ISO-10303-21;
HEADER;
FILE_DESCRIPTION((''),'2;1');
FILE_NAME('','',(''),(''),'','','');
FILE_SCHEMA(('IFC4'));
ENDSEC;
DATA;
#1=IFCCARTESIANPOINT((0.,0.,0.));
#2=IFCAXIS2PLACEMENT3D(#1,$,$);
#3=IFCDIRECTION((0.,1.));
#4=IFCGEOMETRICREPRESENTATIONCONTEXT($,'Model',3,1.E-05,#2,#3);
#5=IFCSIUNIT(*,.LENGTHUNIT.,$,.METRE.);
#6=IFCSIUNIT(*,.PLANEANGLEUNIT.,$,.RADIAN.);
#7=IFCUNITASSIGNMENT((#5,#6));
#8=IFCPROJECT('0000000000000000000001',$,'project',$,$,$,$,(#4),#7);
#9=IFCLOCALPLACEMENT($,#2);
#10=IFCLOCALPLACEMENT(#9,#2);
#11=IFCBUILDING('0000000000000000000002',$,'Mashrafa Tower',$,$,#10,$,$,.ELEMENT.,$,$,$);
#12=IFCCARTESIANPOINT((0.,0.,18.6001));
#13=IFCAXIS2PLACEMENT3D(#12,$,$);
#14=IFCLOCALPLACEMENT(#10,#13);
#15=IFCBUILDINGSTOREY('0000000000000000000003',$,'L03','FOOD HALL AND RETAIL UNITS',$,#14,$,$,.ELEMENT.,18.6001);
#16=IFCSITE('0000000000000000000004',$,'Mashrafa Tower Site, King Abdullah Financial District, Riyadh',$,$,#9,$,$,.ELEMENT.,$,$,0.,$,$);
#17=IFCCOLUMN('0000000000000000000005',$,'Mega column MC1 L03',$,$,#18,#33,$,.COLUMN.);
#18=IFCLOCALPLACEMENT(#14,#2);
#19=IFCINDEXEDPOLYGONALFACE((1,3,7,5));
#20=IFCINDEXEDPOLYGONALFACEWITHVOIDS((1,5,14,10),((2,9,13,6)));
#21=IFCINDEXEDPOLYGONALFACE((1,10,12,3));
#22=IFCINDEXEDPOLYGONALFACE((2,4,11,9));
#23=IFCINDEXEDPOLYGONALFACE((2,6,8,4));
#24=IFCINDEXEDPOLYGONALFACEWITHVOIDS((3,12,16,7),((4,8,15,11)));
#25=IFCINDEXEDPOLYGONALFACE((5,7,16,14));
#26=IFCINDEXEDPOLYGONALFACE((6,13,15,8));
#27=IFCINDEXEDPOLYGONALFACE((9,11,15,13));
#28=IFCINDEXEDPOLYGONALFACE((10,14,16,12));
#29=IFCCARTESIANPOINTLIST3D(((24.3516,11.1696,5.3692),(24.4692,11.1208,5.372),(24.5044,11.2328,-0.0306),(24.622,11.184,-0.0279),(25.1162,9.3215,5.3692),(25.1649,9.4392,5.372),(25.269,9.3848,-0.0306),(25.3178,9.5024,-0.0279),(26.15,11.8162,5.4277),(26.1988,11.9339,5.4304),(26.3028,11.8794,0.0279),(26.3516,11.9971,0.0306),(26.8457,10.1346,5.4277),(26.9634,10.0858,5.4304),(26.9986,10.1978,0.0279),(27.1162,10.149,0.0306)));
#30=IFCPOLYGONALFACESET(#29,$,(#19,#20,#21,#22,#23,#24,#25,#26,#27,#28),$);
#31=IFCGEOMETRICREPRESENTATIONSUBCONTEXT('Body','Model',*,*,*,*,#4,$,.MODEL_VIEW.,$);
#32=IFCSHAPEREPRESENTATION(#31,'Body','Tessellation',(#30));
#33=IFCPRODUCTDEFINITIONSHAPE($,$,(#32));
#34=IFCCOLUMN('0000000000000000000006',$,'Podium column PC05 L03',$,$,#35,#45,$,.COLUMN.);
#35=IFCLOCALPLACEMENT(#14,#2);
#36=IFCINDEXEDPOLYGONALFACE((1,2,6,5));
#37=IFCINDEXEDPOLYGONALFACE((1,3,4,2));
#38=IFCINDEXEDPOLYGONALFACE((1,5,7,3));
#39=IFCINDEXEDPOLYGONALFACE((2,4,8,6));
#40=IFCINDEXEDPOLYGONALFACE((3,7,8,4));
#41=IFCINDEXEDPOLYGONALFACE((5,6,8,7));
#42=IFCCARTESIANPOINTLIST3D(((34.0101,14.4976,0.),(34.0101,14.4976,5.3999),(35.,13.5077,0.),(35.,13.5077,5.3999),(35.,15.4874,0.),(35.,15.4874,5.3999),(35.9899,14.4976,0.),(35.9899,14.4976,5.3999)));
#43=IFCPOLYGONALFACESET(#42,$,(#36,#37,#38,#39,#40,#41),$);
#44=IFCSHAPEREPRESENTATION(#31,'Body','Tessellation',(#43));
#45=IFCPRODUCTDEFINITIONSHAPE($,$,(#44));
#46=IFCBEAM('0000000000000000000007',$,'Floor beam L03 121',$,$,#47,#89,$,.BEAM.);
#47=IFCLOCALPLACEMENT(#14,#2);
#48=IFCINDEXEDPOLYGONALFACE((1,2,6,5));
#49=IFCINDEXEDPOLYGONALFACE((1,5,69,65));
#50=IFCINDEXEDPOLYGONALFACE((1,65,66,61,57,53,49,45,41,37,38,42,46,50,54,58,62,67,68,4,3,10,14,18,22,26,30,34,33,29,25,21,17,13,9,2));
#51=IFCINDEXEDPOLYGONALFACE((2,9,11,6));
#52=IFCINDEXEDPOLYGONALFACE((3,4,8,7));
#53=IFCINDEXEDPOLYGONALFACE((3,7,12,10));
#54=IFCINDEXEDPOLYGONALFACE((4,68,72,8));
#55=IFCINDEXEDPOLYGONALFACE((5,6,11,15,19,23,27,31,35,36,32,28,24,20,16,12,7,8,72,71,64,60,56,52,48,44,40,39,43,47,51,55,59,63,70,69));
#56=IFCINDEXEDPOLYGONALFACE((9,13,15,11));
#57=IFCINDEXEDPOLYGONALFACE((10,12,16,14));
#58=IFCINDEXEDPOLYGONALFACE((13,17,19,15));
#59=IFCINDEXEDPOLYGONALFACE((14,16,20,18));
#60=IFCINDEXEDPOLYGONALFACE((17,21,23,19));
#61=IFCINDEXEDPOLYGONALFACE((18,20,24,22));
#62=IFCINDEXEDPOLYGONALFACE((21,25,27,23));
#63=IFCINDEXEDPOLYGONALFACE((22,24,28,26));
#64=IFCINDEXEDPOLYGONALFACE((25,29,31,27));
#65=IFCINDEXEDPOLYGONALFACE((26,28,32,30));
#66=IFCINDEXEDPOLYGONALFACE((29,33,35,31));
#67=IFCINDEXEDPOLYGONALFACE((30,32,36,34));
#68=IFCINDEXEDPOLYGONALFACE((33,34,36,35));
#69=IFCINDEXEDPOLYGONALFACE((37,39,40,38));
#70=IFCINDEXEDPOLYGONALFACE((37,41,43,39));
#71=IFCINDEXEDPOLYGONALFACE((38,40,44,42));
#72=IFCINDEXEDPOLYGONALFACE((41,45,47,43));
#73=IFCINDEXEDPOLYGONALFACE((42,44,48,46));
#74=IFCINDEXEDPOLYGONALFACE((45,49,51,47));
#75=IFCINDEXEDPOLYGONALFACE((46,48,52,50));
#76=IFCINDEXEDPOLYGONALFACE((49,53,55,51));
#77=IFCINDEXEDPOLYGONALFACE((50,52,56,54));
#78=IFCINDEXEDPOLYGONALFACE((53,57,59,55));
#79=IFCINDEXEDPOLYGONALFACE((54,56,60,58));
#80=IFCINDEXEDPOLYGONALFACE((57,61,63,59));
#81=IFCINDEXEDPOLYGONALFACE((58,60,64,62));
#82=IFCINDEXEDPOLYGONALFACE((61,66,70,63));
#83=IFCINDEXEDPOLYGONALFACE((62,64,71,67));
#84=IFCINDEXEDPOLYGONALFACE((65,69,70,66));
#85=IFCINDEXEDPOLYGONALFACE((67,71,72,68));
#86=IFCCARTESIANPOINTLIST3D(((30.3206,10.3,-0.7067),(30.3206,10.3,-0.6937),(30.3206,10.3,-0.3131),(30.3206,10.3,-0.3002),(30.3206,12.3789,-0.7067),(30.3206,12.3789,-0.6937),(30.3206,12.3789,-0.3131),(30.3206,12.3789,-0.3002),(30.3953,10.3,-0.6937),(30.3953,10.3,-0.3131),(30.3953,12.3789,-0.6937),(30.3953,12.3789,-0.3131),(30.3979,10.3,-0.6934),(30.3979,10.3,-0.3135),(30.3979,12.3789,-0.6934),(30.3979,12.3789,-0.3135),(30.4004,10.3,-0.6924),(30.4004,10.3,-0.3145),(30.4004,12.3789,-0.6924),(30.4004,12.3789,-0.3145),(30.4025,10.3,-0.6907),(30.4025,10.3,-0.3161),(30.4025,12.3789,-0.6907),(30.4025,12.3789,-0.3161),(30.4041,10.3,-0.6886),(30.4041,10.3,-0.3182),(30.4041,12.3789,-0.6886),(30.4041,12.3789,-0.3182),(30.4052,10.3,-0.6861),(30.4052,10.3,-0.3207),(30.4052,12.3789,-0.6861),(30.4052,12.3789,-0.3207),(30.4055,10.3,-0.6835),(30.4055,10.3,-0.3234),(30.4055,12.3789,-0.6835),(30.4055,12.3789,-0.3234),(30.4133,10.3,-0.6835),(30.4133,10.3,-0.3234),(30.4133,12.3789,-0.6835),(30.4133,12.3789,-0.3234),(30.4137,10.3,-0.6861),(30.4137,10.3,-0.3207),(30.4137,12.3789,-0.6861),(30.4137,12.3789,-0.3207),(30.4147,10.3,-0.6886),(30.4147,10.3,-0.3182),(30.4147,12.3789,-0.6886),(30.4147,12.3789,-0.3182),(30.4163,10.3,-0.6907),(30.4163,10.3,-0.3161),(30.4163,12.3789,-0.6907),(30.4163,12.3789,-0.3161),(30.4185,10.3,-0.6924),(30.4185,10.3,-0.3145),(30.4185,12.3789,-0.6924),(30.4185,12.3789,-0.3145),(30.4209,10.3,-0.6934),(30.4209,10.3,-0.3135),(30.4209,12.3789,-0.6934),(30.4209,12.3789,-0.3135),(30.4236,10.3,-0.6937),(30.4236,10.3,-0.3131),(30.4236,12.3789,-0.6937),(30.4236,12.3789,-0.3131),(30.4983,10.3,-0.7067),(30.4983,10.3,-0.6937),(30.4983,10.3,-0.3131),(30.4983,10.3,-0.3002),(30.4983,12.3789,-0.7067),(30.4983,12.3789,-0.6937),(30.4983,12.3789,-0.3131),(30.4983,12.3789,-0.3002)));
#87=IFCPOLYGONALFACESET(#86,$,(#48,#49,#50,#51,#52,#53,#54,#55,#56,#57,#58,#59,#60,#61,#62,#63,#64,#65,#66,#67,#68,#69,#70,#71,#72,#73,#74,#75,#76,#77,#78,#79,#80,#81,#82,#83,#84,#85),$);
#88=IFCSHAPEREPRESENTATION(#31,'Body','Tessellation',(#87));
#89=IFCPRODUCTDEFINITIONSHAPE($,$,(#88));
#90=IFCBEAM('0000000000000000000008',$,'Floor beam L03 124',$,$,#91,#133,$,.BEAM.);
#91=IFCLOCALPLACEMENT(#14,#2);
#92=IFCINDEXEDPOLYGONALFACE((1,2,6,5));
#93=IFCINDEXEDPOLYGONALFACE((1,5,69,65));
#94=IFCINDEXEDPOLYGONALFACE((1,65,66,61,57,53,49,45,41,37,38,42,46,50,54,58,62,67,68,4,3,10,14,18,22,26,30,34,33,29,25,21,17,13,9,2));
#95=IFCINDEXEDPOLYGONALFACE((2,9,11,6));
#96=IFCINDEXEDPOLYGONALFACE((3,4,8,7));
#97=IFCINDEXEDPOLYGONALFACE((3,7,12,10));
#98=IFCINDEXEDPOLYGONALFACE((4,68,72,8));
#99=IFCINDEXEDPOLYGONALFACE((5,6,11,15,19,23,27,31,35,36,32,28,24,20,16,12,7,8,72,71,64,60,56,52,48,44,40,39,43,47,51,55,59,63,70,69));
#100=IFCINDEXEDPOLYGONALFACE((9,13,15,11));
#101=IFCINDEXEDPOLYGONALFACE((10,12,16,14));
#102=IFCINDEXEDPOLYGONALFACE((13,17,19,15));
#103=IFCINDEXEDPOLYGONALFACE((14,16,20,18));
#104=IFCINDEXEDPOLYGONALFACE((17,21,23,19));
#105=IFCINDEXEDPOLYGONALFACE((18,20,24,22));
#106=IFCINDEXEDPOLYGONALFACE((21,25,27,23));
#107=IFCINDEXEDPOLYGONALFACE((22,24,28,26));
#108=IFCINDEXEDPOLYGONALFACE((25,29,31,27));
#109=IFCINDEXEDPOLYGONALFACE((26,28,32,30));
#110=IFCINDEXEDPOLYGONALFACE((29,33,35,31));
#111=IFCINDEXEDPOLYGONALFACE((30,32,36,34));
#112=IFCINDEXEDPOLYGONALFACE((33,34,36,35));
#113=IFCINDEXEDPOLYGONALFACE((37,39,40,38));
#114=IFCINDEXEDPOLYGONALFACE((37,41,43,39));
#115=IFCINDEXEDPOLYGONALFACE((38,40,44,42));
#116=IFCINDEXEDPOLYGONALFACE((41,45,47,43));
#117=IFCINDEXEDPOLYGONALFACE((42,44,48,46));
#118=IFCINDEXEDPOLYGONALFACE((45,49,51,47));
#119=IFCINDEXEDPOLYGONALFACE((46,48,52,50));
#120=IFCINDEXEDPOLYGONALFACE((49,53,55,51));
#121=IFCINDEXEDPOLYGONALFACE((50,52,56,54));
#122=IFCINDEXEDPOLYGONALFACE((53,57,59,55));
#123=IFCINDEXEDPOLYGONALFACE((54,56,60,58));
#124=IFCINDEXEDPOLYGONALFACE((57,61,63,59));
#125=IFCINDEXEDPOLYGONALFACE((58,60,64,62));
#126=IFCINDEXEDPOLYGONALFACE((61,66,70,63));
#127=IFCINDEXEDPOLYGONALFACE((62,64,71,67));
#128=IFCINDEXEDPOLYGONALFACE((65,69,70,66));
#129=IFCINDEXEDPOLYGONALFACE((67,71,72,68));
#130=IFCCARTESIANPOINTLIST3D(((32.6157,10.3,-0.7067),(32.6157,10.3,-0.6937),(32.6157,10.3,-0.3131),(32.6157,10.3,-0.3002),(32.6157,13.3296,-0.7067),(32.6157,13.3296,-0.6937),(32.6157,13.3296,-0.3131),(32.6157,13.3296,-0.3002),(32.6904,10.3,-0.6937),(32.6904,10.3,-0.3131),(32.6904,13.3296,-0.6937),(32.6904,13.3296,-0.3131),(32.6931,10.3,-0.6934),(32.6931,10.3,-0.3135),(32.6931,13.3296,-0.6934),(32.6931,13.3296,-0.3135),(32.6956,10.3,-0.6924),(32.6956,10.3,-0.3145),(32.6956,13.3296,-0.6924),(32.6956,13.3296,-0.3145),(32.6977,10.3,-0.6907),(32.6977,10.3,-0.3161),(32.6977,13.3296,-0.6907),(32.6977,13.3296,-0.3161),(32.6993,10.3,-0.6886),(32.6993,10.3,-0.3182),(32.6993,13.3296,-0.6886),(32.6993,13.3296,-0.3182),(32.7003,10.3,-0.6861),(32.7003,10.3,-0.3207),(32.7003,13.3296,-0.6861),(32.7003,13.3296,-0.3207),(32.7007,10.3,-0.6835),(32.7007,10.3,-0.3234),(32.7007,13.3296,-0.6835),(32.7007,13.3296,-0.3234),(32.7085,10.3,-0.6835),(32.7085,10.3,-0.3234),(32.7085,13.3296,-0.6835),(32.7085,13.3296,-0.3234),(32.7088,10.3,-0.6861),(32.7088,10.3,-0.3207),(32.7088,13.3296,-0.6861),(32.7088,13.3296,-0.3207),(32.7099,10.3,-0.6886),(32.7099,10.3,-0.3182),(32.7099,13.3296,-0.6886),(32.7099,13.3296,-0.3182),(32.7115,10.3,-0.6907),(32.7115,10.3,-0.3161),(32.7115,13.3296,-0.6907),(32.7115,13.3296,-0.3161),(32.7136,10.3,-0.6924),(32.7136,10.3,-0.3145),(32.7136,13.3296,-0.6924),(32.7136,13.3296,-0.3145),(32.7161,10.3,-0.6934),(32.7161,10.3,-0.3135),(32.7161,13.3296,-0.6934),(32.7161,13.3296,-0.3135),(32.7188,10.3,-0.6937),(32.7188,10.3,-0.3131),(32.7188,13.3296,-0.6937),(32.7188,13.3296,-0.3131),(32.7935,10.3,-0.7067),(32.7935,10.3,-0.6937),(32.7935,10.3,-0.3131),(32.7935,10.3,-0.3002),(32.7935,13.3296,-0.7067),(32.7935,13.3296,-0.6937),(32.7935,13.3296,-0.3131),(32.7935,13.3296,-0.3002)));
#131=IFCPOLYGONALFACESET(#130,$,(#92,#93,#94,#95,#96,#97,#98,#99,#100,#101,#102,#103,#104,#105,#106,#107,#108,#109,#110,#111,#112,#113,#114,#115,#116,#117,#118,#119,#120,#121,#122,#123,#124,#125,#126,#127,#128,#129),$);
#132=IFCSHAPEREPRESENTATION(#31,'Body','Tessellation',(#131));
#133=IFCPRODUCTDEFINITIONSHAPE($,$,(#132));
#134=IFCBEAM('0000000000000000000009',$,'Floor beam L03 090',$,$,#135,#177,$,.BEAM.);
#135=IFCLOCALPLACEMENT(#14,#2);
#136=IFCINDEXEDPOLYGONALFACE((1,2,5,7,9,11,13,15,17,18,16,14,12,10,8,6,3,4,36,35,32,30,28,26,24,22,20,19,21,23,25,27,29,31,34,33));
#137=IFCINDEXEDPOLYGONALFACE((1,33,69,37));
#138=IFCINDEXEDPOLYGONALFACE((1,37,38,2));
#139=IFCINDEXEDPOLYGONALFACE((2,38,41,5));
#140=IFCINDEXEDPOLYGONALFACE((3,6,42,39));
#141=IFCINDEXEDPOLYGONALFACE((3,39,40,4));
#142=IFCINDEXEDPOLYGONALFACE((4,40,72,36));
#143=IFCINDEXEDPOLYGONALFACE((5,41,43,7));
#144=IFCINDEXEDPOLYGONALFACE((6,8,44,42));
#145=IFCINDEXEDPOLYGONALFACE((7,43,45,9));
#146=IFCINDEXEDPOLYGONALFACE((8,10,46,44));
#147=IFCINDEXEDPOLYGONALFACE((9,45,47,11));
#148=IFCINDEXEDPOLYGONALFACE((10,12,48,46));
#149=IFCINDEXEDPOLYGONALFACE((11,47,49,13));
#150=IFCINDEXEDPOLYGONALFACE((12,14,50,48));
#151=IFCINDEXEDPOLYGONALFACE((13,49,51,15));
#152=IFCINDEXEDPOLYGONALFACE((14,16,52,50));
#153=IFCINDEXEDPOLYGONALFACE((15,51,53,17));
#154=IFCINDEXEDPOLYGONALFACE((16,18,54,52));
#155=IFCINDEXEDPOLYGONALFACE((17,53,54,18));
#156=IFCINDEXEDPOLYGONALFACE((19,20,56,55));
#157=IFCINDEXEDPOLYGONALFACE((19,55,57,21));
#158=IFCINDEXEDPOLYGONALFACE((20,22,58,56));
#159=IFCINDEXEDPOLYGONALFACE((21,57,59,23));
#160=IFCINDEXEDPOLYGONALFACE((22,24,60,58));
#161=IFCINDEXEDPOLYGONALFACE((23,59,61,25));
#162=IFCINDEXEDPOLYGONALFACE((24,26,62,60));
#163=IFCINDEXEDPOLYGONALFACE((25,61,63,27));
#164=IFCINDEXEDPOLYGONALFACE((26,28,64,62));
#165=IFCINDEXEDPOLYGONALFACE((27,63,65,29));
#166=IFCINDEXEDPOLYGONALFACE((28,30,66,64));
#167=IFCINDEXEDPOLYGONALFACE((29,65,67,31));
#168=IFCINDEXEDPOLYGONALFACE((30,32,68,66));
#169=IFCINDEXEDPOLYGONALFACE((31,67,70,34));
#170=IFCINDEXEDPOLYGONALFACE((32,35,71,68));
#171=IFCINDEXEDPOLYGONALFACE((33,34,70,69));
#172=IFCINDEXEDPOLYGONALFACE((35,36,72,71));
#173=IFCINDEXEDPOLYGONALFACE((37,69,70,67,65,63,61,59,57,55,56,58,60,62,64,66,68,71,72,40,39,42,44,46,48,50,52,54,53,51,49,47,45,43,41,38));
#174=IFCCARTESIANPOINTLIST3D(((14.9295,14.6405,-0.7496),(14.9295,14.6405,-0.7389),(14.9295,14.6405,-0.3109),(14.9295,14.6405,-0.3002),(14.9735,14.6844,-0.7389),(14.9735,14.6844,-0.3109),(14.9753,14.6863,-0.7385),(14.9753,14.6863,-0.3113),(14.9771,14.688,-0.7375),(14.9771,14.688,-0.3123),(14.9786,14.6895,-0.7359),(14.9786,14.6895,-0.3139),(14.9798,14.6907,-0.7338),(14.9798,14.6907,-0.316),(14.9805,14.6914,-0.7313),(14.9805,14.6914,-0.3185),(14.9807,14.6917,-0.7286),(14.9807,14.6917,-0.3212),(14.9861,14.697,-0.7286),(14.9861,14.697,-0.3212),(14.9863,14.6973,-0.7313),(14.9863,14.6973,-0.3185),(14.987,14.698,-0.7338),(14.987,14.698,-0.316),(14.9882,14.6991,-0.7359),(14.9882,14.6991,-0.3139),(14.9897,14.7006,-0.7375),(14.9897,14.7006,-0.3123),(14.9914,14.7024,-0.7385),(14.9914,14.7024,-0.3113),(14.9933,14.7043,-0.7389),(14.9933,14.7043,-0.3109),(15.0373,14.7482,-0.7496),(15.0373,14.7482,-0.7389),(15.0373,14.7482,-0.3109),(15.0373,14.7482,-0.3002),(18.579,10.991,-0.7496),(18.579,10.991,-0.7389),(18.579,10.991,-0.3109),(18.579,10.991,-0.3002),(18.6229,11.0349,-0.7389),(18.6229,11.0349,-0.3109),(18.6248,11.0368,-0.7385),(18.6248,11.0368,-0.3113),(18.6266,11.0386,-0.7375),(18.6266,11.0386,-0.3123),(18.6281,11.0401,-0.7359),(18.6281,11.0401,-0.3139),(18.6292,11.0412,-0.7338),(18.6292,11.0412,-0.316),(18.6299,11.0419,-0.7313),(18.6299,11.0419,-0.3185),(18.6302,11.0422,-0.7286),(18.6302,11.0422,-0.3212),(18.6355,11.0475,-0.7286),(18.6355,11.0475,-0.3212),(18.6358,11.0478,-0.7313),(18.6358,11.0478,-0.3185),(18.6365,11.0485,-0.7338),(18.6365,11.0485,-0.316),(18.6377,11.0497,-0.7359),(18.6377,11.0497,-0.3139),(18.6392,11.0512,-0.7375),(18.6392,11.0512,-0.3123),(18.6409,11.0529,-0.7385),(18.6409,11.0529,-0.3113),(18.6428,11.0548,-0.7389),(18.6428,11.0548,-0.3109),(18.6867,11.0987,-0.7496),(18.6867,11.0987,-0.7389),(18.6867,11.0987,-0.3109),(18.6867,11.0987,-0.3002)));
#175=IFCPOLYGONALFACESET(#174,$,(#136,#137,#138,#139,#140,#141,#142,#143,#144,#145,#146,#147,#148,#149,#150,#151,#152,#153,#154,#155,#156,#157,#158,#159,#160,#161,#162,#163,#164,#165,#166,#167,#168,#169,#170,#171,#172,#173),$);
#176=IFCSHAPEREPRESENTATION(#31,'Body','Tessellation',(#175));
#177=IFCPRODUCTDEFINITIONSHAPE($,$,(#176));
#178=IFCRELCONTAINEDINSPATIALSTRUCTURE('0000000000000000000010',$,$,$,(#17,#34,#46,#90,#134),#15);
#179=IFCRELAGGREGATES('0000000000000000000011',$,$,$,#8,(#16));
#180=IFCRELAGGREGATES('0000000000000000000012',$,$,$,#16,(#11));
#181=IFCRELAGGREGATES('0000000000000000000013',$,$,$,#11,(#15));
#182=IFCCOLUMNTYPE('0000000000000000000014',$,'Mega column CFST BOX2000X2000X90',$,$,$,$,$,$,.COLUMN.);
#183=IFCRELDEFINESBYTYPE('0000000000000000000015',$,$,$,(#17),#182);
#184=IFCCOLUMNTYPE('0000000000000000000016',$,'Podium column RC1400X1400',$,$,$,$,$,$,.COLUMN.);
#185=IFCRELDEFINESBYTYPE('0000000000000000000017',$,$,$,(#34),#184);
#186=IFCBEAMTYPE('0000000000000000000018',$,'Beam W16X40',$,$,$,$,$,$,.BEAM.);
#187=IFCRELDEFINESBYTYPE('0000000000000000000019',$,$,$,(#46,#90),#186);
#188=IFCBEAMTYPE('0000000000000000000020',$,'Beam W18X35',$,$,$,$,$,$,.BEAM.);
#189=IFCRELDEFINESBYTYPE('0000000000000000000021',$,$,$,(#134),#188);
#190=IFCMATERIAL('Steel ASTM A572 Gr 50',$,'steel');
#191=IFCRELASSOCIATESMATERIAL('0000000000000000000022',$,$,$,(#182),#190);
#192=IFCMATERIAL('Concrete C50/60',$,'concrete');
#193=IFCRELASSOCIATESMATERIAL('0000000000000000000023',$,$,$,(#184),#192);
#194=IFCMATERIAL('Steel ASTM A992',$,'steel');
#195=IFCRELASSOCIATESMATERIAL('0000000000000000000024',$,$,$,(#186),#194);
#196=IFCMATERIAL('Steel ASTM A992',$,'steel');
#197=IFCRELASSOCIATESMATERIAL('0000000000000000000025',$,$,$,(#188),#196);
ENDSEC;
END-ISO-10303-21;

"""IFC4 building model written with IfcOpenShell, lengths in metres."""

from ifc_helpers import new_model, si_unit, direction, frame, origin, origin_2d, place, context, subcontext, project, spatial, rectangle, hollow_rectangle, i_section, extrude, material, material_profile, profile_set, type_object, element, save


model = new_model("IFC4")

# Units and contexts
model_context = context("Model", 3, precision=1e-05, world=origin(), true_north=direction((0.0, 1.0)))
body_context = subcontext(model_context, "Body", "Model", "MODEL_VIEW")
ifc_project = project(units=[si_unit("LENGTHUNIT", "METRE"), si_unit("PLANEANGLEUNIT", "RADIAN")], contexts=[model_context])

# Site, building, storey
site_placement = place(None, origin())
site = spatial("IfcSite", under=ifc_project, at=site_placement, Name="Mashrafa Tower Site, King Abdullah Financial District, Riyadh", CompositionType="ELEMENT", RefElevation=0.0)
building_placement = place(site_placement, origin())
building = spatial("IfcBuilding", under=site, at=building_placement, Name="Mashrafa Tower", CompositionType="ELEMENT")
storey_placement = place(building_placement, frame((0.0, 0.0, 18.6001)))
storey = spatial("IfcBuildingStorey", under=building, at=storey_placement, Name="L03", Description="FOOD HALL AND RETAIL UNITS", CompositionType="ELEMENT", Elevation=18.6001)

# Columns
ifc_material_1 = material(Name="Steel ASTM A572 Gr 50", Category="steel")
ifc_material_profile_1 = material_profile(ifc_material_1, hollow_rectangle(XDim=2.0, YDim=2.0, WallThickness=0.0901, at=origin_2d()), Name="BOX2000X2000X90")
ifc_profile_set_1 = profile_set([ifc_material_profile_1], Name="Steel ASTM A572 Gr 50")
column_type_1 = type_object("IfcColumnType", Name="Mega column CFST BOX2000X2000X90", PredefinedType="COLUMN", material=ifc_profile_set_1)
column_1_placement = place(storey_placement, frame((25.8103, 10.6909, 0.0), z_axis=(-0.028289, -0.011704, 0.999531), x_axis=(0.382308, -0.924035, 0.0)))
element("IfcColumn", 1, at=column_1_placement, inside=storey, type_object=column_type_1, Name="Mega column MC1 L03", PredefinedType="COLUMN", context=body_context, shape_type="SweptSolid", body=[
    extrude(hollow_rectangle(XDim=2.0, YDim=2.0, WallThickness=0.0901, at=origin_2d()), origin(), (0.0, 0.0, 1.0), 5.4023),
])
ifc_material_2 = material(Name="Concrete C50/60", Category="concrete")
ifc_material_profile_2 = material_profile(ifc_material_2, rectangle(XDim=1.3999, YDim=1.3999, at=origin_2d()), Name="RC1400X1400")
ifc_profile_set_2 = profile_set([ifc_material_profile_2], Name="Concrete C50/60")
column_type_2 = type_object("IfcColumnType", Name="Podium column RC1400X1400", PredefinedType="COLUMN", material=ifc_profile_set_2)
column_2_placement = place(storey_placement, frame((35.0, 14.4976, 0.0), z_axis=(0.0, 0.0, 1.0), x_axis=(0.707107, 0.707107, 0.0)))
element("IfcColumn", 2, at=column_2_placement, inside=storey, type_object=column_type_2, Name="Podium column PC05 L03", PredefinedType="COLUMN", context=body_context, shape_type="SweptSolid", body=[
    extrude(rectangle(XDim=1.3999, YDim=1.3999, at=origin_2d()), origin(), (0.0, 0.0, 1.0), 5.3999),
])

# Beams
ifc_material_3 = material(Name="Steel ASTM A992", Category="steel")
ifc_material_profile_3 = material_profile(ifc_material_3, i_section(OverallWidth=0.1777, OverallDepth=0.4065, WebThickness=0.0078, FlangeThickness=0.0129, FilletRadius=0.0103, at=origin_2d()), Name="W16X40")
ifc_profile_set_3 = profile_set([ifc_material_profile_3], Name="Steel ASTM A992")
beam_type_1 = type_object("IfcBeamType", Name="Beam W16X40", PredefinedType="BEAM", material=ifc_profile_set_3)
beam_1_placement = place(storey_placement, frame((30.4094, 12.3789, -0.5034), z_axis=(0.0, -1.0, 0.0), x_axis=(1.0, 0.0, 0.0)))
element("IfcBeam", 3, at=beam_1_placement, inside=storey, type_object=beam_type_1, Name="Floor beam L03 121", PredefinedType="BEAM", context=body_context, shape_type="SweptSolid", body=[
    extrude(i_section(OverallWidth=0.1777, OverallDepth=0.4065, WebThickness=0.0078, FlangeThickness=0.0129, FilletRadius=0.0103, at=origin_2d()), origin(), (0.0, 0.0, 1.0), 2.0789),
])
beam_2_placement = place(storey_placement, frame((32.7046, 13.3296, -0.5034), z_axis=(0.0, -1.0, 0.0), x_axis=(1.0, 0.0, 0.0)))
element("IfcBeam", 4, at=beam_2_placement, inside=storey, type_object=beam_type_1, Name="Floor beam L03 124", PredefinedType="BEAM", context=body_context, shape_type="SweptSolid", body=[
    extrude(i_section(OverallWidth=0.1777, OverallDepth=0.4065, WebThickness=0.0078, FlangeThickness=0.0129, FilletRadius=0.0103, at=origin_2d()), origin(), (0.0, 0.0, 1.0), 3.0295),
])
ifc_material_4 = material(Name="Steel ASTM A992", Category="steel")
ifc_material_profile_4 = material_profile(ifc_material_4, i_section(OverallWidth=0.1523, OverallDepth=0.4495, WebThickness=0.0076, FlangeThickness=0.0107, FilletRadius=0.0103, at=origin_2d()), Name="W18X35")
ifc_profile_set_4 = profile_set([ifc_material_profile_4], Name="Steel ASTM A992")
beam_type_2 = type_object("IfcBeamType", Name="Beam W18X35", PredefinedType="BEAM", material=ifc_profile_set_4)
beam_3_placement = place(storey_placement, frame((14.9834, 14.6943, -0.5249), z_axis=(0.707107, -0.707107, 0.0), x_axis=(0.707107, 0.707107, 0.0)))
element("IfcBeam", 5, at=beam_3_placement, inside=storey, type_object=beam_type_2, Name="Floor beam L03 090", PredefinedType="BEAM", context=body_context, shape_type="SweptSolid", body=[
    extrude(i_section(OverallWidth=0.1523, OverallDepth=0.4495, WebThickness=0.0076, FlangeThickness=0.0107, FilletRadius=0.0103, at=origin_2d()), origin(), (0.0, 0.0, 1.0), 5.1611),
])

save(model, "model.ifc")
